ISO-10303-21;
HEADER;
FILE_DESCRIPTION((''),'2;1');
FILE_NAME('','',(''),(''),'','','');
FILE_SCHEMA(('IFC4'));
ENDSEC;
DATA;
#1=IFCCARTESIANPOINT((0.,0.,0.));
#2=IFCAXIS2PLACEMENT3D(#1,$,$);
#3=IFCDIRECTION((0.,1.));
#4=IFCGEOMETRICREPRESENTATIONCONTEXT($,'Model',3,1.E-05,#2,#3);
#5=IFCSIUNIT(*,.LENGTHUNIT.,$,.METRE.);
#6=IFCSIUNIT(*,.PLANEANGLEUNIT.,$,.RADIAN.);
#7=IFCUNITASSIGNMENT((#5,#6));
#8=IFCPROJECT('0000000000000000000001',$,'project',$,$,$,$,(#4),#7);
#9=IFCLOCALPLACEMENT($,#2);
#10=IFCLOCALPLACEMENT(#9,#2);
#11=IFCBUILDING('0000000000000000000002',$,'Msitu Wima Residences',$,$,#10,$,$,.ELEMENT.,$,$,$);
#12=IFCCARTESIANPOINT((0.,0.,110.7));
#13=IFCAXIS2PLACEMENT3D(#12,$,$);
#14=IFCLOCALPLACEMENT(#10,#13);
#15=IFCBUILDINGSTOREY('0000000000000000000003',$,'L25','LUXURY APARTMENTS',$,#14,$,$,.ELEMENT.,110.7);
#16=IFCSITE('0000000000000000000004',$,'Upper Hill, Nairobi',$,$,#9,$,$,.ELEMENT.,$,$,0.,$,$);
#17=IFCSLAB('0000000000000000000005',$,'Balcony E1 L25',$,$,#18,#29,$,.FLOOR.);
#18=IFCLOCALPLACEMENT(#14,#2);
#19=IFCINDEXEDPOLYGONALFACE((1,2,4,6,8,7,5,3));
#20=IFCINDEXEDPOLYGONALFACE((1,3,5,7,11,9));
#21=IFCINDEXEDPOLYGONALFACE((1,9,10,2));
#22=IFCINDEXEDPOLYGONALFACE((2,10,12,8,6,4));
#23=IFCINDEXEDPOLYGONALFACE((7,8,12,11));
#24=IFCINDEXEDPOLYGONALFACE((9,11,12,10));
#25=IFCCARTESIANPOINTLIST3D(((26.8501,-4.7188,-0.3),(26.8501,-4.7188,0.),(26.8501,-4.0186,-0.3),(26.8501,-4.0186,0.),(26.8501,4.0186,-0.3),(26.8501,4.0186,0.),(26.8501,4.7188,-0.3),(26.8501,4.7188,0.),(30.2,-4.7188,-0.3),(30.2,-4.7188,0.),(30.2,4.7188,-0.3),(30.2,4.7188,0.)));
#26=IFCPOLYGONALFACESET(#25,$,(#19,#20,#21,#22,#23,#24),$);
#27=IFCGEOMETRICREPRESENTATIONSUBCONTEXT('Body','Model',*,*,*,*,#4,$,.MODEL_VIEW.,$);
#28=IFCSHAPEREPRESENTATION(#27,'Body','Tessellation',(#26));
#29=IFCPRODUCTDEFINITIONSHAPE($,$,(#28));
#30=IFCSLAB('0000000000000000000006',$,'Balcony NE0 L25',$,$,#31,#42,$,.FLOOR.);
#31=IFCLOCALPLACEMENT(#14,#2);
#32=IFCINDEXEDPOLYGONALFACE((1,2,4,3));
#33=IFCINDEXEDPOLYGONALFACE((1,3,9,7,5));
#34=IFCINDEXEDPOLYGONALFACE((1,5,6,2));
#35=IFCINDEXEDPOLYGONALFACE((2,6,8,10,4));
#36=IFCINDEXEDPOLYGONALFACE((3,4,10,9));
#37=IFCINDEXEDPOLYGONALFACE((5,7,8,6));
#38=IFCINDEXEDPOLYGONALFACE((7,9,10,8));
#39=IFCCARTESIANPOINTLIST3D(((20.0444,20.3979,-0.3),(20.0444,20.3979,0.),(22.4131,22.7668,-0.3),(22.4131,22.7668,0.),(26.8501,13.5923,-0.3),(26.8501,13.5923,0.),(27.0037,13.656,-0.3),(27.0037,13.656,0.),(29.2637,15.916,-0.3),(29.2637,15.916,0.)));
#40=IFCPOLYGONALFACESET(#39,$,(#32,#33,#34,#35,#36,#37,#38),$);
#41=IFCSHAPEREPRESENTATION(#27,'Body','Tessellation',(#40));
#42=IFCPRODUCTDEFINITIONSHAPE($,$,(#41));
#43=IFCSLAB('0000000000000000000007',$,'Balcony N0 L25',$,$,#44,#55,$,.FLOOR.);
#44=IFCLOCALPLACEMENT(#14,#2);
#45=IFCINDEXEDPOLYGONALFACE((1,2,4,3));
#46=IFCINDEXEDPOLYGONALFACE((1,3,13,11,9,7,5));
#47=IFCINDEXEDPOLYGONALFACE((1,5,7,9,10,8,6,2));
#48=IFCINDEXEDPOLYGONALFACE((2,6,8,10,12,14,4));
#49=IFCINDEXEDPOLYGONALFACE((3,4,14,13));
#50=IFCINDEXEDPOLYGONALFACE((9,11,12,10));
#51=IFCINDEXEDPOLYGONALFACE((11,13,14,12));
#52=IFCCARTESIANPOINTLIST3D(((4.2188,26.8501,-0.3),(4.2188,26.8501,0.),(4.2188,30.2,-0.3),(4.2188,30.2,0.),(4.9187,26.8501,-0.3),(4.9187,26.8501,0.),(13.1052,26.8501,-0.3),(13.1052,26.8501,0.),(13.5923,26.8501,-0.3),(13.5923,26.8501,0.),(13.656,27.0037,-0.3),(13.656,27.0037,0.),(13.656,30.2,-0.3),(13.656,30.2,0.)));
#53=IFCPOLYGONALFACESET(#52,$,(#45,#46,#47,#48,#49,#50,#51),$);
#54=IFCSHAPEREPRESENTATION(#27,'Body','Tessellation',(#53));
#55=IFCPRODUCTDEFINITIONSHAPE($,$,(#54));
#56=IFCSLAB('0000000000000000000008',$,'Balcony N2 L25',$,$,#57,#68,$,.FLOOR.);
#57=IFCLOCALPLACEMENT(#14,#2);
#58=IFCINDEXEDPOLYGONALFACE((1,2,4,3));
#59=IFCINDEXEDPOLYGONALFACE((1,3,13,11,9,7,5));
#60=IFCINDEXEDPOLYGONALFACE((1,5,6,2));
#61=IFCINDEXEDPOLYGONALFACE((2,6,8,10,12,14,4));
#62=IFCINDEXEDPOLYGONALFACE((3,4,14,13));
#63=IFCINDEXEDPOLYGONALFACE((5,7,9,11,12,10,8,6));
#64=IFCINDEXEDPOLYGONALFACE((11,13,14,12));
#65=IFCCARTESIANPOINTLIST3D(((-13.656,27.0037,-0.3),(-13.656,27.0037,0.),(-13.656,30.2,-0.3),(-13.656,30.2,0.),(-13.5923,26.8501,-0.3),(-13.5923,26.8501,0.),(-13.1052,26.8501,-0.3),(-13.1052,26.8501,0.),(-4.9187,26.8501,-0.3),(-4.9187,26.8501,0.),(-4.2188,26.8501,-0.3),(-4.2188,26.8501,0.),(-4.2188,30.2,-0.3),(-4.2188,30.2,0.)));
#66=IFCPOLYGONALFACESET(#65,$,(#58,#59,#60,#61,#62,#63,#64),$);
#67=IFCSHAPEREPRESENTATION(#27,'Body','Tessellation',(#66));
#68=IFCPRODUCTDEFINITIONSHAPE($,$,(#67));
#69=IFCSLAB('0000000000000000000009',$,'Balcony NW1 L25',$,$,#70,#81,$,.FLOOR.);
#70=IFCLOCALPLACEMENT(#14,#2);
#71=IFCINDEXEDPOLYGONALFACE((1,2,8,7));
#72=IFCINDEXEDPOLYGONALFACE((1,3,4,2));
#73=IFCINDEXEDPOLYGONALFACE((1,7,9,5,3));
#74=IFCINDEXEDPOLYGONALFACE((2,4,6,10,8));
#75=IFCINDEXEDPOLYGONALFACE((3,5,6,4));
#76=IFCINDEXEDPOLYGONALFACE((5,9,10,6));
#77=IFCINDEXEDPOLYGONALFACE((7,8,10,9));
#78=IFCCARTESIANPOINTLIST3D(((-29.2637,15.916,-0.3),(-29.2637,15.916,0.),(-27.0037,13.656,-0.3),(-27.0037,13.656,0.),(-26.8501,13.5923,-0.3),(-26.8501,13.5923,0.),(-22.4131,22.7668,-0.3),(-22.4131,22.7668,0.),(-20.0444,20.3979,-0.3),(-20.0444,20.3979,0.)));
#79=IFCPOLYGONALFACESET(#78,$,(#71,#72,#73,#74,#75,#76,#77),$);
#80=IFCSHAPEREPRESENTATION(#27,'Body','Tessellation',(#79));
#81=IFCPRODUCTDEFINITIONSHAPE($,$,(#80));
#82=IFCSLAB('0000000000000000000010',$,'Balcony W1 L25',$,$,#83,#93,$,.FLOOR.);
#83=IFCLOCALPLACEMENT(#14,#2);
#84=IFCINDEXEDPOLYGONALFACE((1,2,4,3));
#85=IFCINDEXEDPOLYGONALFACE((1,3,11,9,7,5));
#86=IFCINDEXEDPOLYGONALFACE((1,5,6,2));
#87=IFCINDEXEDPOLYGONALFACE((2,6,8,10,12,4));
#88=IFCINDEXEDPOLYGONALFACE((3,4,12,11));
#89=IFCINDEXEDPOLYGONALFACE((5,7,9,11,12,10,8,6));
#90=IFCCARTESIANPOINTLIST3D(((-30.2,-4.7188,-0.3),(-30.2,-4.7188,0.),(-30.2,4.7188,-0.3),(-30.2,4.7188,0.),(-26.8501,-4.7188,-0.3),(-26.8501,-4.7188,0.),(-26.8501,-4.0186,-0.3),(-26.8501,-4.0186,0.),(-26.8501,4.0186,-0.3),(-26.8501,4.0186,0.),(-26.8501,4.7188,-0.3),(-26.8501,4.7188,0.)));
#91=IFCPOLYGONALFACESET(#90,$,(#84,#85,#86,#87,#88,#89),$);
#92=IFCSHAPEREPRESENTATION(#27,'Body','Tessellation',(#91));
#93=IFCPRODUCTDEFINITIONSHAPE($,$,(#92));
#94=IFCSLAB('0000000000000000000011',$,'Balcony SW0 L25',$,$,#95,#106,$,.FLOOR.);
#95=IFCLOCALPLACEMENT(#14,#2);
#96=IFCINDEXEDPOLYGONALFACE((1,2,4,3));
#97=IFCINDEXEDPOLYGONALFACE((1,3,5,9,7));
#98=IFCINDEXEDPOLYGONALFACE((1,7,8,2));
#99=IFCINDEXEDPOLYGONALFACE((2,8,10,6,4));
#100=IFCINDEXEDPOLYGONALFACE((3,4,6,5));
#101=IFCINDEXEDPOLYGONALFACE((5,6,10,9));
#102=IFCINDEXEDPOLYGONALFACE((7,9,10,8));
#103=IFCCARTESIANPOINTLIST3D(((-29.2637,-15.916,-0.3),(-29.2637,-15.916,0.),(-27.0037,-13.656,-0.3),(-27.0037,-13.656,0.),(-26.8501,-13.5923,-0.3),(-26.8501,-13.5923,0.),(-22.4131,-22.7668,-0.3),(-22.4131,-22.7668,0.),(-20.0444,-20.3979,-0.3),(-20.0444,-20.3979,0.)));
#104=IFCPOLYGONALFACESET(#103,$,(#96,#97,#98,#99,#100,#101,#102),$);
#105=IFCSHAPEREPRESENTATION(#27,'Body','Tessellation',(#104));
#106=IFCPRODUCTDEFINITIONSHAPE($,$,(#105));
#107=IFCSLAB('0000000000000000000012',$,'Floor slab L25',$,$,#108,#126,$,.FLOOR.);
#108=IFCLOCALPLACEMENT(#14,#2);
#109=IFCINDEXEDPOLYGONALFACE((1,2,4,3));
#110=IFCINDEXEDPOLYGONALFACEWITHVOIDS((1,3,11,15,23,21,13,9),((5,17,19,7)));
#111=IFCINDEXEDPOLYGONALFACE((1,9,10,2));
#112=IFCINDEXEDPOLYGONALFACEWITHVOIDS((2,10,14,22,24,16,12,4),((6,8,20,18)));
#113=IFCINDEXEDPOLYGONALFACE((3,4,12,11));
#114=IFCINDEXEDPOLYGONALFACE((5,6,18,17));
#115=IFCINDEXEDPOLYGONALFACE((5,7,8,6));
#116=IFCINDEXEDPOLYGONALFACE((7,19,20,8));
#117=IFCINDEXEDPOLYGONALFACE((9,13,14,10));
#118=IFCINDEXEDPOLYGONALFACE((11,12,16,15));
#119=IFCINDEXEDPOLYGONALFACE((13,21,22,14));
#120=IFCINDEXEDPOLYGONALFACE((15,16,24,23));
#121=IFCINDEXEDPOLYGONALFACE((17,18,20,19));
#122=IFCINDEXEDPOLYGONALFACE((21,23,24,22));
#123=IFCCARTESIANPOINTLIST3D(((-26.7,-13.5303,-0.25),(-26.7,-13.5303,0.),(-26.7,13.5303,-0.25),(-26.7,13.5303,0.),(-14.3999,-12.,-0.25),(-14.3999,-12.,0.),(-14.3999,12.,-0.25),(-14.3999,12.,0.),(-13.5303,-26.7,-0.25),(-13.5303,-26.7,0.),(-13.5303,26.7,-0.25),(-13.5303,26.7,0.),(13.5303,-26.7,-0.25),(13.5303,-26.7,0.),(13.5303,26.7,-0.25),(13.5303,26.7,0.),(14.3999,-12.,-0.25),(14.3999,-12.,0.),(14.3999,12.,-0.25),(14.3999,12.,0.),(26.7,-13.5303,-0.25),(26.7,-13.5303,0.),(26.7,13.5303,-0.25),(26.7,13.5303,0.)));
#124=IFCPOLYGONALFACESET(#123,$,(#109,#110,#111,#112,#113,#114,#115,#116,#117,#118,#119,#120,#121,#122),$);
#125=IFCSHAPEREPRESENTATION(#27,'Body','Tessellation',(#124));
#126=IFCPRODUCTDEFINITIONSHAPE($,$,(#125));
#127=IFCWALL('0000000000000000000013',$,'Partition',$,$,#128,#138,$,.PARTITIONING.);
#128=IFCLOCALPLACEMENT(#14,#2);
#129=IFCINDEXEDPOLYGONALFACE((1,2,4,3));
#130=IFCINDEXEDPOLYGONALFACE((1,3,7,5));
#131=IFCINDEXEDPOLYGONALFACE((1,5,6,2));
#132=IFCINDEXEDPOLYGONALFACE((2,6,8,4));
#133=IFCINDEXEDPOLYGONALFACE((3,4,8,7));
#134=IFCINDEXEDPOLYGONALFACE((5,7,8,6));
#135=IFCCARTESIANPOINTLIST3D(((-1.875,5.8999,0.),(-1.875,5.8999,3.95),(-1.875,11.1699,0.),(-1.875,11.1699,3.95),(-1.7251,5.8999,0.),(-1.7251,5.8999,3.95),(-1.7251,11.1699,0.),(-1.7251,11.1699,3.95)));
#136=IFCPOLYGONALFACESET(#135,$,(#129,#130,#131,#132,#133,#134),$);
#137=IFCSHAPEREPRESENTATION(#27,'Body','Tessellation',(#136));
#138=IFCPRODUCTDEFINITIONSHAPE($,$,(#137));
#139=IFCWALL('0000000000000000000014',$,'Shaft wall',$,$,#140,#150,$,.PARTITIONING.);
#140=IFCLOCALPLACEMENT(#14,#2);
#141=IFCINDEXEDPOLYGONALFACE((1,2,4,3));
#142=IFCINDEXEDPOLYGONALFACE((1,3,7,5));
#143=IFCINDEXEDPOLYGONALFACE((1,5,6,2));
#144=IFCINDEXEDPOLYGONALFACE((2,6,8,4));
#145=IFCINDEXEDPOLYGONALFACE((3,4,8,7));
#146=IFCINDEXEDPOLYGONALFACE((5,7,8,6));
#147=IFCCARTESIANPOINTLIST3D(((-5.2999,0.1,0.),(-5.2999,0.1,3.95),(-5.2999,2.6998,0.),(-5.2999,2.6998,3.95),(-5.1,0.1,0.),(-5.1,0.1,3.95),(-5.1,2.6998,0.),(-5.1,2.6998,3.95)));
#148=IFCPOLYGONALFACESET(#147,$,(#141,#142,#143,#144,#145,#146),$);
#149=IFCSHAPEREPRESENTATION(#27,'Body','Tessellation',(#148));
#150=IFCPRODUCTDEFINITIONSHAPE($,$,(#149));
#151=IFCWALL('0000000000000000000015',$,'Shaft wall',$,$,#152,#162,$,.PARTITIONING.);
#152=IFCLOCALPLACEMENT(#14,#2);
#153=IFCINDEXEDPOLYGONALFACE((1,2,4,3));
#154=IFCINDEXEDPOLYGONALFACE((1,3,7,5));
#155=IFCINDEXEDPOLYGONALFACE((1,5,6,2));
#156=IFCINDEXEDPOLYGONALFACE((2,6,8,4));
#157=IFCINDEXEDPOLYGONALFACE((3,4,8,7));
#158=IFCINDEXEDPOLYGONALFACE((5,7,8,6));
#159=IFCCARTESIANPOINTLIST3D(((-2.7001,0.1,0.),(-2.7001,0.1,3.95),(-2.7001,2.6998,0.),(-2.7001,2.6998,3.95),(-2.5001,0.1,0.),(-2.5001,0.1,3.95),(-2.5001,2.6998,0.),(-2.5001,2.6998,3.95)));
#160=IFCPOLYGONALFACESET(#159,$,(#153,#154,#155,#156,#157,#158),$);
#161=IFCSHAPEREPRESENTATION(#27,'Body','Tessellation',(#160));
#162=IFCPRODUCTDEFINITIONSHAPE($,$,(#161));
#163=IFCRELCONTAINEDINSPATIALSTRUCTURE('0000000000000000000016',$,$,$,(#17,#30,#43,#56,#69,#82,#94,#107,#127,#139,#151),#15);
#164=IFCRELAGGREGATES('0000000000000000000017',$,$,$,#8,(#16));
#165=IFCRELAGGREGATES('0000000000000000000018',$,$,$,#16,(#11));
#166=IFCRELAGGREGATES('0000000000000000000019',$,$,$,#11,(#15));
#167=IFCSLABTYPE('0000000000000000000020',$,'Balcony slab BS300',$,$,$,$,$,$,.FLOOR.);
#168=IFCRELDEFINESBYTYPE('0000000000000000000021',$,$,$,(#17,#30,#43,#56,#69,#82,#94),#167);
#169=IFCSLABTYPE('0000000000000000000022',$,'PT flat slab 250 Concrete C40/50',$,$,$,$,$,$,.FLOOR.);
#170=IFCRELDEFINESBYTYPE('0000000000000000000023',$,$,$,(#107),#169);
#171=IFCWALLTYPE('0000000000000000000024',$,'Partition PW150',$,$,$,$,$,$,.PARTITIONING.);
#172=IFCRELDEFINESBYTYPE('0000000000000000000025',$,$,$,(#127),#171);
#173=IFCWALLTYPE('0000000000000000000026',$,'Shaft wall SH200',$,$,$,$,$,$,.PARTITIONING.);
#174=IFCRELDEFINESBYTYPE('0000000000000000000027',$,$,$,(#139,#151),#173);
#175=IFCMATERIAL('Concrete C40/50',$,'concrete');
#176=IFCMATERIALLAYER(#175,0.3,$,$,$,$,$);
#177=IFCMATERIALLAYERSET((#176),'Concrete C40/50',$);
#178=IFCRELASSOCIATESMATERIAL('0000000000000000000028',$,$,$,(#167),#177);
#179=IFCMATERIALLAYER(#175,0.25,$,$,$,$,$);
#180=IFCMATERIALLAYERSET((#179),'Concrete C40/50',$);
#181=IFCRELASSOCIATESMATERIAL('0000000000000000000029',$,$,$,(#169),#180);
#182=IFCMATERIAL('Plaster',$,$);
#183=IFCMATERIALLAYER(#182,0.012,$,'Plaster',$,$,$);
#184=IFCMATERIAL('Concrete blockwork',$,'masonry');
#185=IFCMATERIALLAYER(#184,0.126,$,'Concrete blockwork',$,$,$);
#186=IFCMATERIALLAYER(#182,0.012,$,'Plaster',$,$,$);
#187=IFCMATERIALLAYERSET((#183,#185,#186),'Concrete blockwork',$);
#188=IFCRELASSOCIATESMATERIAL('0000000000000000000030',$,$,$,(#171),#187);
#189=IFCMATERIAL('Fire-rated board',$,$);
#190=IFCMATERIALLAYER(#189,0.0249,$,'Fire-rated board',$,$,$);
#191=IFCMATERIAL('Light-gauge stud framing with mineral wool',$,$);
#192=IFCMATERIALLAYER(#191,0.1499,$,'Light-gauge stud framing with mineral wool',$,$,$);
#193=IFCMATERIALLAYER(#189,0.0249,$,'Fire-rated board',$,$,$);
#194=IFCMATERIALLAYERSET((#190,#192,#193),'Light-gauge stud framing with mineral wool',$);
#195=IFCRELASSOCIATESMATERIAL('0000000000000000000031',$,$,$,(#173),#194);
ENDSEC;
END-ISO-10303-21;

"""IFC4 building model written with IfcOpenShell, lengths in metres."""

from ifc_helpers import new_model, si_unit, direction, frame, frame_2d, origin, place, context, subcontext, project, spatial, polyline, rectangle, outline, extrude, material, layer, layer_set, type_object, element, save


model = new_model("IFC4")

# Units and contexts
model_context = context("Model", 3, precision=1e-05, world=origin(), true_north=direction((0.0, 1.0)))
body_context = subcontext(model_context, "Body", "Model", "MODEL_VIEW")
ifc_project = project(units=[si_unit("LENGTHUNIT", "METRE"), si_unit("PLANEANGLEUNIT", "RADIAN")], contexts=[model_context])

# Site, building, storey
site_placement = place(None, origin())
site = spatial("IfcSite", under=ifc_project, at=site_placement, Name="Upper Hill, Nairobi", CompositionType="ELEMENT", RefElevation=0.0)
building_placement = place(site_placement, origin())
building = spatial("IfcBuilding", under=site, at=building_placement, Name="Msitu Wima Residences", CompositionType="ELEMENT")
storey_placement = place(building_placement, frame((0.0, 0.0, 110.7)))
storey = spatial("IfcBuildingStorey", under=building, at=storey_placement, Name="L25", Description="LUXURY APARTMENTS", CompositionType="ELEMENT", Elevation=110.7)

# Slabs
ifc_material_1 = material(Name="Concrete C40/50", Category="concrete")
ifc_layer_1 = layer(ifc_material_1, 0.3)
ifc_layer_set_1 = layer_set([ifc_layer_1], Name="Concrete C40/50")
slab_type_1 = type_object("IfcSlabType", Name="Balcony slab BS300", PredefinedType="FLOOR", material=ifc_layer_set_1)
slab_1_placement = place(storey_placement, frame((0.0, 0.0, -0.3)))
element("IfcSlab", 1, at=slab_1_placement, inside=storey, type_object=slab_type_1, Name="Balcony E1 L25", PredefinedType="FLOOR", context=body_context, shape_type="SweptSolid", body=[
    extrude(outline(polyline([(26.8501, 4.0186), (26.8501, 4.0186), (26.8501, 4.7188), (30.2, 4.7188), (30.2, -4.7188), (26.8501, -4.7188), (26.8501, -4.0186), (26.8501, -4.0186), (26.8501, 4.0186)])), origin(), (0.0, 0.0, 1.0), 0.3),
])
slab_2_placement = place(storey_placement, frame((0.0, 0.0, -0.3)))
element("IfcSlab", 2, at=slab_2_placement, inside=storey, type_object=slab_type_1, Name="Balcony NE0 L25", PredefinedType="FLOOR", context=body_context, shape_type="SweptSolid", body=[
    extrude(outline(polyline([(22.4131, 22.7668), (29.2637, 15.916), (27.0037, 13.656), (26.8501, 13.5923), (20.0444, 20.3979), (22.4131, 22.7668)])), origin(), (0.0, 0.0, 1.0), 0.3),
])
slab_3_placement = place(storey_placement, frame((0.0, 0.0, -0.3)))
element("IfcSlab", 3, at=slab_3_placement, inside=storey, type_object=slab_type_1, Name="Balcony N0 L25", PredefinedType="FLOOR", context=body_context, shape_type="SweptSolid", body=[
    extrude(outline(polyline([(13.1052, 26.8501), (13.1052, 26.8501), (4.9187, 26.8501), (4.9187, 26.8501), (4.2188, 26.8501), (4.2188, 30.2), (13.656, 30.2), (13.656, 27.0037), (13.5923, 26.8501), (13.1052, 26.8501), (13.1052, 26.8501)])), origin(), (0.0, 0.0, 1.0), 0.3),
])
slab_4_placement = place(storey_placement, frame((0.0, 0.0, -0.3)))
element("IfcSlab", 4, at=slab_4_placement, inside=storey, type_object=slab_type_1, Name="Balcony N2 L25", PredefinedType="FLOOR", context=body_context, shape_type="SweptSolid", body=[
    extrude(outline(polyline([(-13.1052, 26.8501), (-13.1052, 26.8501), (-13.5923, 26.8501), (-13.656, 27.0037), (-13.656, 30.2), (-4.2188, 30.2), (-4.2188, 26.8501), (-4.9187, 26.8501), (-4.9187, 26.8501), (-13.1052, 26.8501), (-13.1052, 26.8501)])), origin(), (0.0, 0.0, 1.0), 0.3),
])
slab_5_placement = place(storey_placement, frame((0.0, 0.0, -0.3)))
element("IfcSlab", 5, at=slab_5_placement, inside=storey, type_object=slab_type_1, Name="Balcony NW1 L25", PredefinedType="FLOOR", context=body_context, shape_type="SweptSolid", body=[
    extrude(outline(polyline([(-29.2637, 15.916), (-22.4131, 22.7668), (-20.0444, 20.3979), (-26.8501, 13.5923), (-27.0037, 13.656), (-29.2637, 15.916)])), origin(), (0.0, 0.0, 1.0), 0.3),
])
slab_6_placement = place(storey_placement, frame((0.0, 0.0, -0.3)))
element("IfcSlab", 6, at=slab_6_placement, inside=storey, type_object=slab_type_1, Name="Balcony W1 L25", PredefinedType="FLOOR", context=body_context, shape_type="SweptSolid", body=[
    extrude(outline(polyline([(-26.8501, -4.0186), (-26.8501, -4.0186), (-26.8501, -4.7188), (-30.2, -4.7188), (-30.2, 4.7188), (-26.8501, 4.7188), (-26.8501, 4.0186), (-26.8501, 4.0186), (-26.8501, -4.0186)])), origin(), (0.0, 0.0, 1.0), 0.3),
])
slab_7_placement = place(storey_placement, frame((0.0, 0.0, -0.3)))
element("IfcSlab", 7, at=slab_7_placement, inside=storey, type_object=slab_type_1, Name="Balcony SW0 L25", PredefinedType="FLOOR", context=body_context, shape_type="SweptSolid", body=[
    extrude(outline(polyline([(-22.4131, -22.7668), (-29.2637, -15.916), (-27.0037, -13.656), (-26.8501, -13.5923), (-20.0444, -20.3979), (-22.4131, -22.7668)])), origin(), (0.0, 0.0, 1.0), 0.3),
])
ifc_layer_2 = layer(ifc_material_1, 0.25)
ifc_layer_set_2 = layer_set([ifc_layer_2], Name="Concrete C40/50")
slab_type_2 = type_object("IfcSlabType", Name="PT flat slab 250 Concrete C40/50", PredefinedType="FLOOR", material=ifc_layer_set_2)
slab_8_placement = place(storey_placement, frame((0.0, 0.0, -0.25)))
element("IfcSlab", 8, at=slab_8_placement, inside=storey, type_object=slab_type_2, Name="Floor slab L25", PredefinedType="FLOOR", context=body_context, shape_type="SweptSolid", body=[
    extrude(outline(polyline([(26.7, -13.5303), (13.5303, -26.7), (-13.5303, -26.7), (-26.7, -13.5303), (-26.7, 13.5303), (-13.5303, 26.7), (13.5303, 26.7), (26.7, 13.5303), (26.7, -13.5303)]), holes=[polyline([(-14.3999, -12.0), (14.3999, -12.0), (14.3999, 12.0), (-14.3999, 12.0), (-14.3999, -12.0)])]), origin(), (0.0, 0.0, 1.0), 0.25),
])

# Walls
ifc_material_2 = material(Name="Plaster")
ifc_layer_3 = layer(ifc_material_2, 0.012, Name="Plaster")
ifc_material_3 = material(Name="Concrete blockwork", Category="masonry")
ifc_layer_4 = layer(ifc_material_3, 0.126, Name="Concrete blockwork")
ifc_layer_5 = layer(ifc_material_2, 0.012, Name="Plaster")
ifc_layer_set_3 = layer_set([ifc_layer_3, ifc_layer_4, ifc_layer_5], Name="Concrete blockwork")
wall_type_1 = type_object("IfcWallType", Name="Partition PW150", PredefinedType="PARTITIONING", material=ifc_layer_set_3)
wall_placement = place(storey_placement, frame((-1.8, 5.8999, 0.0), z_axis=(0.0, 0.0, 1.0), x_axis=(0.0, 1.0, 0.0)))
element("IfcWall", 9, at=wall_placement, inside=storey, type_object=wall_type_1, Name="Partition", PredefinedType="PARTITIONING", context=body_context, shape_type="SweptSolid", body=[
    extrude(rectangle(XDim=5.27, YDim=0.1499, at=frame_2d((2.635, 0.0))), origin(), (0.0, 0.0, 1.0), 3.95),
])
ifc_material_4 = material(Name="Fire-rated board")
ifc_layer_6 = layer(ifc_material_4, 0.0249, Name="Fire-rated board")
ifc_material_5 = material(Name="Light-gauge stud framing with mineral wool")
ifc_layer_7 = layer(ifc_material_5, 0.1499, Name="Light-gauge stud framing with mineral wool")
ifc_layer_8 = layer(ifc_material_4, 0.0249, Name="Fire-rated board")
ifc_layer_set_4 = layer_set([ifc_layer_6, ifc_layer_7, ifc_layer_8], Name="Light-gauge stud framing with mineral wool")
wall_type_2 = type_object("IfcWallType", Name="Shaft wall SH200", PredefinedType="PARTITIONING", material=ifc_layer_set_4)
for number, where, z_axis, x_axis, name in (
    (10, (-5.2, 0.1001, 0.0), (0.0, 0.0, 1.0), (0.0, 1.0, 0.0), "Shaft wall"),
    (11, (-2.6001, 0.1001, 0.0), (0.0, 0.0, 1.0), (0.0, 1.0, 0.0), "Shaft wall"),
):
    element("IfcWall", number, at=place(storey_placement, frame(where, z_axis=z_axis, x_axis=x_axis)), inside=storey, type_object=wall_type_2, Name=name, PredefinedType="PARTITIONING", context=body_context, shape_type="SweptSolid", body=[
        extrude(rectangle(XDim=2.5999, YDim=0.2, at=frame_2d((1.2998, 0.0))), origin(), (0.0, 0.0, 1.0), 3.95),
    ])

save(model, "model.ifc")
